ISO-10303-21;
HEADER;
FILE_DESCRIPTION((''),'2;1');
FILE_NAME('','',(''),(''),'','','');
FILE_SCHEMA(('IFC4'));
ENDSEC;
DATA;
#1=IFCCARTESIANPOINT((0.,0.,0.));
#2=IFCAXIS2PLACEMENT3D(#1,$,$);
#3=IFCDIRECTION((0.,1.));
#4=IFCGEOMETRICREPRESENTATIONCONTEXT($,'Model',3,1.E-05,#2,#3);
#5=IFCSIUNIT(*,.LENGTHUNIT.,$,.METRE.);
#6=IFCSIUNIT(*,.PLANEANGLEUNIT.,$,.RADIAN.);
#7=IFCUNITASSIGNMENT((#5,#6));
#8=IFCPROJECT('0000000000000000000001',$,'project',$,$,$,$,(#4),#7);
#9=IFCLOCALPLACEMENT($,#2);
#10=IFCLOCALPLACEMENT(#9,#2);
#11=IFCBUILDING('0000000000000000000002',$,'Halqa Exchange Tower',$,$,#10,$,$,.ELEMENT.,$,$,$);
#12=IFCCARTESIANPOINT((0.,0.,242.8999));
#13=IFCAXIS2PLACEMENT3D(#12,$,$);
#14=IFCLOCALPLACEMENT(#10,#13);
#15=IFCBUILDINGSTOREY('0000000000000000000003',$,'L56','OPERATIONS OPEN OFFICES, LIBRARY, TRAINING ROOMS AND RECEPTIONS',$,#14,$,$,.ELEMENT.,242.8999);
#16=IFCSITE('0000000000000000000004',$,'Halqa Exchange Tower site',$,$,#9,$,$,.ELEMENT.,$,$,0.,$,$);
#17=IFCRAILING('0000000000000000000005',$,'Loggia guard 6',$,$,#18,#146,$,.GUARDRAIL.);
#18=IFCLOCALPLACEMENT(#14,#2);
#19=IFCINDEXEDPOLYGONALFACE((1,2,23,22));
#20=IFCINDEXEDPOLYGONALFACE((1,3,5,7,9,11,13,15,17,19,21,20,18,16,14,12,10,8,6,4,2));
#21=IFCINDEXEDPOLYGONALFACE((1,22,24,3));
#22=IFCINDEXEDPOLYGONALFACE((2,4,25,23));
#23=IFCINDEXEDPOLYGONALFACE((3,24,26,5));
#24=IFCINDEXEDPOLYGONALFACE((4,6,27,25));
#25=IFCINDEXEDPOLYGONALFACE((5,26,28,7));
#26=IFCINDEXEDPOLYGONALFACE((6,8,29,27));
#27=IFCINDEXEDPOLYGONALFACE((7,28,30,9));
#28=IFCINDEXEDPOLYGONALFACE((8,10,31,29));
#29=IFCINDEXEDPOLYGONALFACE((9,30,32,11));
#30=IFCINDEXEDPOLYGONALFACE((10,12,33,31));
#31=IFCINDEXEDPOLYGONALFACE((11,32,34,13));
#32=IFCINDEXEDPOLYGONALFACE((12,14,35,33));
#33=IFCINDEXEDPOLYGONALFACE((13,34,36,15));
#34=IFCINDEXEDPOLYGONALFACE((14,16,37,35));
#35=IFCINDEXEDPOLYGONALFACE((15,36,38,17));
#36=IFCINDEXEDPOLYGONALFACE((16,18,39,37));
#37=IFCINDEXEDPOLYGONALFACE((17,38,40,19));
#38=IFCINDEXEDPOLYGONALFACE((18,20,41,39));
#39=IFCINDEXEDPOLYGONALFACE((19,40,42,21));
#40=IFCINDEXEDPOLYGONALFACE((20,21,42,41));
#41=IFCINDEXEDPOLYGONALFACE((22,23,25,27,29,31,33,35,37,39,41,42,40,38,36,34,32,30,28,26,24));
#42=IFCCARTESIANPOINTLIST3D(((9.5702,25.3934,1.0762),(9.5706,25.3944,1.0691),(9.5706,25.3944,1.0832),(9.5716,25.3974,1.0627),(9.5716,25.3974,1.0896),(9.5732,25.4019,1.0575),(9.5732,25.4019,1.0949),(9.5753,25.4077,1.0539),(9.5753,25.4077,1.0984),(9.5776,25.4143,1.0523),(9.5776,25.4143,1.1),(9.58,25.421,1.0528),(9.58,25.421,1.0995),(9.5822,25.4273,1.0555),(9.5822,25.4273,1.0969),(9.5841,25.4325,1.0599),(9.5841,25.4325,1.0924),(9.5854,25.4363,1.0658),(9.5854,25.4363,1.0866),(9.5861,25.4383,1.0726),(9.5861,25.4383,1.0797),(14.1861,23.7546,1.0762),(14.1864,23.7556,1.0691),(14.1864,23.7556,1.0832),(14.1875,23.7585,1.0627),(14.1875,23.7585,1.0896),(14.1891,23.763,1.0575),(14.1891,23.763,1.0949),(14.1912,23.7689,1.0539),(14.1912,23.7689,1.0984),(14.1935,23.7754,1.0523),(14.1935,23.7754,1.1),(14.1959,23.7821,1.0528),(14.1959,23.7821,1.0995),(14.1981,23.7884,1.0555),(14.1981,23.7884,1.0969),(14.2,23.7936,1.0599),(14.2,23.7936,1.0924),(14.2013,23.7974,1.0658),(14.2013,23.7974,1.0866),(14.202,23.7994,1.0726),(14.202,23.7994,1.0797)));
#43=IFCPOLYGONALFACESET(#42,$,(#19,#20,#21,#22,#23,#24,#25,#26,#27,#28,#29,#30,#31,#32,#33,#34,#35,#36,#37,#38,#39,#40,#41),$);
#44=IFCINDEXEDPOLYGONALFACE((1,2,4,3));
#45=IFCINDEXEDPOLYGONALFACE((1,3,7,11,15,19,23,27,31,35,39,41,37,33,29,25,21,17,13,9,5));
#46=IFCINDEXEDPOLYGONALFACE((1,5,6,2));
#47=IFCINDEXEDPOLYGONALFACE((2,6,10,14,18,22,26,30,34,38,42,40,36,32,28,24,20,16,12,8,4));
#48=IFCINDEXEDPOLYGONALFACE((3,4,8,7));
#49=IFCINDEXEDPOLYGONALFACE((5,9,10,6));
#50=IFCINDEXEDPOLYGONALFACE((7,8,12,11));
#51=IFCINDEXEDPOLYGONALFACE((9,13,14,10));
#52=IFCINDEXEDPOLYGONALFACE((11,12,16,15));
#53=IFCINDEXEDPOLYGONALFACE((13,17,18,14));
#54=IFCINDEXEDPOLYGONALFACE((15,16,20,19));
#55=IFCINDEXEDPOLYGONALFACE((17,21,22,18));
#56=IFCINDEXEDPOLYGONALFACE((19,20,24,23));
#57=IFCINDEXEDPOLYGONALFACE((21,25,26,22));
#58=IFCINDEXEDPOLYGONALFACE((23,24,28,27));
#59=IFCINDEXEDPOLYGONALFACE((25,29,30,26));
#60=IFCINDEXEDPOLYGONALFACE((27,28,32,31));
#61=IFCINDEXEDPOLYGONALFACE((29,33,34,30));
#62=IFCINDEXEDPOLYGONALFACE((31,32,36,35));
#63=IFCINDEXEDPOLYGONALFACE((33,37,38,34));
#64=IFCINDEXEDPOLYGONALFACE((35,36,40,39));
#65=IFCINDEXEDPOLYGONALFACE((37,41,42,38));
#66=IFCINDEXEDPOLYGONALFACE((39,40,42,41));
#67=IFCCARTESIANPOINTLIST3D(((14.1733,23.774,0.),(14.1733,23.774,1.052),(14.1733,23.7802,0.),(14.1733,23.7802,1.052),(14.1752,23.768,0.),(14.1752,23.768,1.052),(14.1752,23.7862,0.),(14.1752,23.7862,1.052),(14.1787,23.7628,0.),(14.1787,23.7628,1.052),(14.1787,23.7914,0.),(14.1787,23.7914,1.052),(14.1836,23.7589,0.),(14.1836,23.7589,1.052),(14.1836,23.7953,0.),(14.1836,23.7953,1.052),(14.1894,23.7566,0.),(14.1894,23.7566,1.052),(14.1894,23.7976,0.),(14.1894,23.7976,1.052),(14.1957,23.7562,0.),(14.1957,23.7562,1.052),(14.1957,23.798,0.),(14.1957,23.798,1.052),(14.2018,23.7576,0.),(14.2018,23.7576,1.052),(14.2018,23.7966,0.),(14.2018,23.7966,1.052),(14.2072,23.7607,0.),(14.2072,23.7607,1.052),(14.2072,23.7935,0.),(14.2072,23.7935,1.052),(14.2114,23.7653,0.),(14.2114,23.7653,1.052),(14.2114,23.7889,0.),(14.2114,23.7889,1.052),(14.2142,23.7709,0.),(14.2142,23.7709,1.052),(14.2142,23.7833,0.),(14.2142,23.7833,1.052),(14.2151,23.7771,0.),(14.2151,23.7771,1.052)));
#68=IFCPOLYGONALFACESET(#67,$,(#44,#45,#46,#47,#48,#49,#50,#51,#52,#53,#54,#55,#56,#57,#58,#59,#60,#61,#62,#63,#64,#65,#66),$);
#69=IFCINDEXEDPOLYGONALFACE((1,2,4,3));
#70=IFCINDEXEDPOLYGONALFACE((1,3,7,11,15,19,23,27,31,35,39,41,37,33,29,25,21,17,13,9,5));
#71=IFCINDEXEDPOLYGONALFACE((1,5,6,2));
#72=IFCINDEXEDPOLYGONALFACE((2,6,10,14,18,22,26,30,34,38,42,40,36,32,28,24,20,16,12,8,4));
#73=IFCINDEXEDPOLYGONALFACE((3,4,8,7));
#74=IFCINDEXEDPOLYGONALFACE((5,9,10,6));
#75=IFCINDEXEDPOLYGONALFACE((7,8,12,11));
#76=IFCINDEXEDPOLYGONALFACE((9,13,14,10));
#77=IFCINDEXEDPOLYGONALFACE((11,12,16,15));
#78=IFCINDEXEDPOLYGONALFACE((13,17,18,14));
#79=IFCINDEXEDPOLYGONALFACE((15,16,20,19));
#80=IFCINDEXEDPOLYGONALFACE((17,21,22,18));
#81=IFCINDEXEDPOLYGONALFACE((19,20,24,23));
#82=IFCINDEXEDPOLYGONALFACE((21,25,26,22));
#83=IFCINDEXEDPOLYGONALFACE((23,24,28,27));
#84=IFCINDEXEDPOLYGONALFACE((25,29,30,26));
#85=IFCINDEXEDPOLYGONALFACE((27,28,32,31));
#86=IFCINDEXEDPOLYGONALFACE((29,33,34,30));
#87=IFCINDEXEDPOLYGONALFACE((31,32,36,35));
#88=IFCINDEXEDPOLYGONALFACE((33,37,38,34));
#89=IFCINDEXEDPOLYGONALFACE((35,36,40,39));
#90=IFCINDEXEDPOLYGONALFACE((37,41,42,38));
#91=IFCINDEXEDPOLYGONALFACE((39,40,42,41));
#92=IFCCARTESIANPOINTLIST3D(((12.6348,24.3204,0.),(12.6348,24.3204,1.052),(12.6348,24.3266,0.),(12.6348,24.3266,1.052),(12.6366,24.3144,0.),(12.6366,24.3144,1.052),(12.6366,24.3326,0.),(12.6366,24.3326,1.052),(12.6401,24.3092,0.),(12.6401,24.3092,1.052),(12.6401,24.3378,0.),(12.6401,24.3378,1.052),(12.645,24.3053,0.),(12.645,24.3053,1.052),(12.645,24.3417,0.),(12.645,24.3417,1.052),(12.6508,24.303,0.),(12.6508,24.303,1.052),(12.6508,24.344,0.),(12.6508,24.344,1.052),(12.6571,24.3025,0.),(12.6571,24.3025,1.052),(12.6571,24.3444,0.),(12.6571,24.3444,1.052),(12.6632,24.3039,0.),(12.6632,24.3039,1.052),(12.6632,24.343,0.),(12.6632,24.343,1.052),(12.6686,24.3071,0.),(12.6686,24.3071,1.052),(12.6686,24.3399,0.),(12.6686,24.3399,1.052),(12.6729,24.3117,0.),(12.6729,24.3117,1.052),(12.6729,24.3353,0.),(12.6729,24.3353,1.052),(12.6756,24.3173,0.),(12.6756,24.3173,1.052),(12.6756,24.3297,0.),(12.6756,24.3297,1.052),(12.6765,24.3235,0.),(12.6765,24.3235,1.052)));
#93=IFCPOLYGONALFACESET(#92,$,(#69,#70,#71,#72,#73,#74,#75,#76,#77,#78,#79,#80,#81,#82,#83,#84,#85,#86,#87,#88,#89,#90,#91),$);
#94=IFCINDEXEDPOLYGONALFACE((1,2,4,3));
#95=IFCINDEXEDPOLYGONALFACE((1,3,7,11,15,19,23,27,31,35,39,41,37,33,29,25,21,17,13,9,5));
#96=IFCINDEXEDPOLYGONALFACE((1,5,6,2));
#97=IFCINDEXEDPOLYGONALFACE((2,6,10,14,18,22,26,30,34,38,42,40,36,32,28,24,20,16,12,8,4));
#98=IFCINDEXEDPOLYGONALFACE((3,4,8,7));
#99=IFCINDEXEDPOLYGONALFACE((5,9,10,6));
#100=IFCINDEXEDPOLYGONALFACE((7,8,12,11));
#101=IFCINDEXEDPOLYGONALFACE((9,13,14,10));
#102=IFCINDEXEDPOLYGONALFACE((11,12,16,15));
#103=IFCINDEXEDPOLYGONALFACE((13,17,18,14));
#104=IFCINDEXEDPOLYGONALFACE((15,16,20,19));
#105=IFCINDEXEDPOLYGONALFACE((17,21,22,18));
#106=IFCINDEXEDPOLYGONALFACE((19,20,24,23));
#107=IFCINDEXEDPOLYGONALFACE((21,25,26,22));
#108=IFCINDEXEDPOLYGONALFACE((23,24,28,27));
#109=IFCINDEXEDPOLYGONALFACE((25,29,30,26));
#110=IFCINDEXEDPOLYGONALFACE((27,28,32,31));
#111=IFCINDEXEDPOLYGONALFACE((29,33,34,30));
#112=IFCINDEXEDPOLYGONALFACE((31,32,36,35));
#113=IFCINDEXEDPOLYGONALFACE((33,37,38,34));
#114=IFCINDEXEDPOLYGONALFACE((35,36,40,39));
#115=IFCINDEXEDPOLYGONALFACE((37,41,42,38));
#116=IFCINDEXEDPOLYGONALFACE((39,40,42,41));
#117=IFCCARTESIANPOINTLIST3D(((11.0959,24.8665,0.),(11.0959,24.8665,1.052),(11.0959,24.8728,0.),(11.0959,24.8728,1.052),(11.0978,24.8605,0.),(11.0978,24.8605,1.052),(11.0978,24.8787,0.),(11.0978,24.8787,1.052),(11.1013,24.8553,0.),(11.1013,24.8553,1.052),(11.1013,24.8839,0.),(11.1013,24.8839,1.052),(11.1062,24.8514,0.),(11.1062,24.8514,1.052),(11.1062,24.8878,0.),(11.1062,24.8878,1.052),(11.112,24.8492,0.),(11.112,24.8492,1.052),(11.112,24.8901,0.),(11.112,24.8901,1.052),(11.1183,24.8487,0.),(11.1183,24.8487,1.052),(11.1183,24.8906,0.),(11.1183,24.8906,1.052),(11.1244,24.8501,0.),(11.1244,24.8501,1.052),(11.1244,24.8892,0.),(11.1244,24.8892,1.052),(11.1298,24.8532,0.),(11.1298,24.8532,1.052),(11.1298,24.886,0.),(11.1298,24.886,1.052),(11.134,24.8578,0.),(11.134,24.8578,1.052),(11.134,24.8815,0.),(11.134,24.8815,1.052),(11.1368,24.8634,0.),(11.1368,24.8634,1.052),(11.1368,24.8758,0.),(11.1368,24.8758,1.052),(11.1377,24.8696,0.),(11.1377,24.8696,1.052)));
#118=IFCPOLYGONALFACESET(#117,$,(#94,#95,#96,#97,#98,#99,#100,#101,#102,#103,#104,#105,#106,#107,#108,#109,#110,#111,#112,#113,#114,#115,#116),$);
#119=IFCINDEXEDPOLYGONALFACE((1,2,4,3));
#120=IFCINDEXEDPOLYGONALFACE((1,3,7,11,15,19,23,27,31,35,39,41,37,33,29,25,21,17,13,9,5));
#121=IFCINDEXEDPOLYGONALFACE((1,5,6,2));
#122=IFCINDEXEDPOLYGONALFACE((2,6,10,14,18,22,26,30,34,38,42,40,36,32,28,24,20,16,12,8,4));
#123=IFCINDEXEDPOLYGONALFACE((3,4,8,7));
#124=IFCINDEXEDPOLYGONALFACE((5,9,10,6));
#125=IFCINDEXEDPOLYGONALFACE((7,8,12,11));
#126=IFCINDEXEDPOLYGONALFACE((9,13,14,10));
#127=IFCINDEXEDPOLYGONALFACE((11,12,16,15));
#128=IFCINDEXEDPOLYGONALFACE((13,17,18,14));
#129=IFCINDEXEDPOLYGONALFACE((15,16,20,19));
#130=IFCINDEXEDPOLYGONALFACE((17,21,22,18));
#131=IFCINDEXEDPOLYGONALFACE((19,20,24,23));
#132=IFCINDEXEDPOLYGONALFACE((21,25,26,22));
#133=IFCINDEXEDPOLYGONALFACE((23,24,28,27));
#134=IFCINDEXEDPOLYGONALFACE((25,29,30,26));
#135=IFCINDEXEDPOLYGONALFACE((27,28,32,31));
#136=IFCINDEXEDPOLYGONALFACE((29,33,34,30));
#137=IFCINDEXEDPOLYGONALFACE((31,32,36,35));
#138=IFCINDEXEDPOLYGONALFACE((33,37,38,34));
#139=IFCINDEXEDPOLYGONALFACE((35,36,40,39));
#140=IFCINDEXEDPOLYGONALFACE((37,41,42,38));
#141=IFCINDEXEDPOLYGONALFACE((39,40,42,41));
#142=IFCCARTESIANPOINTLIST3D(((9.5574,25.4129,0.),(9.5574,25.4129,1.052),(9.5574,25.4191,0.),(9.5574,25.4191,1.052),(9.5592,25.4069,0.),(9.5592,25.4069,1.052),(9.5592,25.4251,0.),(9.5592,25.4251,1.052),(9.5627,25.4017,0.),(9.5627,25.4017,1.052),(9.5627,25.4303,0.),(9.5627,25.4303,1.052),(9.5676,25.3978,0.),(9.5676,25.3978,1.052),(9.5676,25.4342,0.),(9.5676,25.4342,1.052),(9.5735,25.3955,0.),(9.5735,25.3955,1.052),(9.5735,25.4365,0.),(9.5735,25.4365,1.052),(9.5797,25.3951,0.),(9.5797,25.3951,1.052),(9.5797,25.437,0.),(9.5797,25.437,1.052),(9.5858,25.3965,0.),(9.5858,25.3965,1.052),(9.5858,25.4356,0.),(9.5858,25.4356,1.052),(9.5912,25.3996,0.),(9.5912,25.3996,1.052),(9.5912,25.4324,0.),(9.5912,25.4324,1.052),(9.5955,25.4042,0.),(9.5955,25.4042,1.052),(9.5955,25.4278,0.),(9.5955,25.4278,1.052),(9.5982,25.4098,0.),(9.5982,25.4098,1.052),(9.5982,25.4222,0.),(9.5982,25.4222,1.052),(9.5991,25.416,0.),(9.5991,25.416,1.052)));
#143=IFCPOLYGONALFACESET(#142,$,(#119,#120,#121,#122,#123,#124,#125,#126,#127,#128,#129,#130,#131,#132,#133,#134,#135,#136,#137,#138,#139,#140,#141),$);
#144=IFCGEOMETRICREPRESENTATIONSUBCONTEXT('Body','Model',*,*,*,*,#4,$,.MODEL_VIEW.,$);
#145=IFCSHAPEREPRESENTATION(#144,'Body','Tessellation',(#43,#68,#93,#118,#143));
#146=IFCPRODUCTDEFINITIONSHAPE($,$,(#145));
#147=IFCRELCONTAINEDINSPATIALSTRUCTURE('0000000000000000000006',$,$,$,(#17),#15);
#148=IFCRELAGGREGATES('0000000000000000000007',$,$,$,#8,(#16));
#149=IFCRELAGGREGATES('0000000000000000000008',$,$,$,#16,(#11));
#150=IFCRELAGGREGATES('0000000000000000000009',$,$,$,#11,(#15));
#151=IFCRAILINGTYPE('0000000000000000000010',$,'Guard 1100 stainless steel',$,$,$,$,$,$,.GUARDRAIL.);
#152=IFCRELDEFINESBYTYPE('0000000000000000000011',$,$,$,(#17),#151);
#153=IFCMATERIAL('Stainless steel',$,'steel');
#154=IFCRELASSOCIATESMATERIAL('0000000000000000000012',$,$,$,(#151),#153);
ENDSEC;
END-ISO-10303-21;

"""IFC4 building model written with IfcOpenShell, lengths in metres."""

from ifc_helpers import new_model, si_unit, direction, frame, origin, origin_2d, place, context, subcontext, project, spatial, circle, extrude, material, type_object, element, save


model = new_model("IFC4")

# Units and contexts
model_context = context("Model", 3, precision=1e-05, world=origin(), true_north=direction((0.0, 1.0)))
body_context = subcontext(model_context, "Body", "Model", "MODEL_VIEW")
ifc_project = project(units=[si_unit("LENGTHUNIT", "METRE"), si_unit("PLANEANGLEUNIT", "RADIAN")], contexts=[model_context])

# Site, building, storey
site_placement = place(None, origin())
site = spatial("IfcSite", under=ifc_project, at=site_placement, Name="Halqa Exchange Tower site", CompositionType="ELEMENT", RefElevation=0.0)
building_placement = place(site_placement, origin())
building = spatial("IfcBuilding", under=site, at=building_placement, Name="Halqa Exchange Tower", CompositionType="ELEMENT")
storey_placement = place(building_placement, frame((0.0, 0.0, 242.8999)))
storey = spatial("IfcBuildingStorey", under=building, at=storey_placement, Name="L56", Description="OPERATIONS OPEN OFFICES, LIBRARY, TRAINING ROOMS AND RECEPTIONS", CompositionType="ELEMENT", Elevation=242.8999)

# Railing
ifc_material_1 = material(Name="Stainless steel", Category="steel")
railing_type = type_object("IfcRailingType", Name="Guard 1100 stainless steel", PredefinedType="GUARDRAIL", material=ifc_material_1)
railing_1_placement = place(storey_placement, frame((14.1941, 23.7771, 0.0)))
element("IfcRailing", 1, at=railing_1_placement, inside=storey, type_object=railing_type, Name="Loggia guard 6", PredefinedType="GUARDRAIL", context=body_context, shape_type="SweptSolid", body=[
    extrude(circle(Radius=0.0239, at=origin_2d()), frame((0.0, 0.0, 1.0762), z_axis=(-0.942364, 0.33459, 0.0), x_axis=(-0.33459, -0.942364, 0.0)), (0.0, 0.0, 1.0), 4.8982),
    extrude(circle(Radius=0.021, at=origin_2d()), origin(), (0.0, 0.0, 1.0), 1.052),
    extrude(circle(Radius=0.021, at=origin_2d()), frame((-1.5386, 0.5464, 0.0)), (0.0, 0.0, 1.0), 1.052),
    extrude(circle(Radius=0.021, at=origin_2d()), frame((-3.0774, 1.0925, 0.0)), (0.0, 0.0, 1.0), 1.052),
    extrude(circle(Radius=0.021, at=origin_2d()), frame((-4.616, 1.6389, 0.0)), (0.0, 0.0, 1.0), 1.052),
])

save(model, "model.ifc")
